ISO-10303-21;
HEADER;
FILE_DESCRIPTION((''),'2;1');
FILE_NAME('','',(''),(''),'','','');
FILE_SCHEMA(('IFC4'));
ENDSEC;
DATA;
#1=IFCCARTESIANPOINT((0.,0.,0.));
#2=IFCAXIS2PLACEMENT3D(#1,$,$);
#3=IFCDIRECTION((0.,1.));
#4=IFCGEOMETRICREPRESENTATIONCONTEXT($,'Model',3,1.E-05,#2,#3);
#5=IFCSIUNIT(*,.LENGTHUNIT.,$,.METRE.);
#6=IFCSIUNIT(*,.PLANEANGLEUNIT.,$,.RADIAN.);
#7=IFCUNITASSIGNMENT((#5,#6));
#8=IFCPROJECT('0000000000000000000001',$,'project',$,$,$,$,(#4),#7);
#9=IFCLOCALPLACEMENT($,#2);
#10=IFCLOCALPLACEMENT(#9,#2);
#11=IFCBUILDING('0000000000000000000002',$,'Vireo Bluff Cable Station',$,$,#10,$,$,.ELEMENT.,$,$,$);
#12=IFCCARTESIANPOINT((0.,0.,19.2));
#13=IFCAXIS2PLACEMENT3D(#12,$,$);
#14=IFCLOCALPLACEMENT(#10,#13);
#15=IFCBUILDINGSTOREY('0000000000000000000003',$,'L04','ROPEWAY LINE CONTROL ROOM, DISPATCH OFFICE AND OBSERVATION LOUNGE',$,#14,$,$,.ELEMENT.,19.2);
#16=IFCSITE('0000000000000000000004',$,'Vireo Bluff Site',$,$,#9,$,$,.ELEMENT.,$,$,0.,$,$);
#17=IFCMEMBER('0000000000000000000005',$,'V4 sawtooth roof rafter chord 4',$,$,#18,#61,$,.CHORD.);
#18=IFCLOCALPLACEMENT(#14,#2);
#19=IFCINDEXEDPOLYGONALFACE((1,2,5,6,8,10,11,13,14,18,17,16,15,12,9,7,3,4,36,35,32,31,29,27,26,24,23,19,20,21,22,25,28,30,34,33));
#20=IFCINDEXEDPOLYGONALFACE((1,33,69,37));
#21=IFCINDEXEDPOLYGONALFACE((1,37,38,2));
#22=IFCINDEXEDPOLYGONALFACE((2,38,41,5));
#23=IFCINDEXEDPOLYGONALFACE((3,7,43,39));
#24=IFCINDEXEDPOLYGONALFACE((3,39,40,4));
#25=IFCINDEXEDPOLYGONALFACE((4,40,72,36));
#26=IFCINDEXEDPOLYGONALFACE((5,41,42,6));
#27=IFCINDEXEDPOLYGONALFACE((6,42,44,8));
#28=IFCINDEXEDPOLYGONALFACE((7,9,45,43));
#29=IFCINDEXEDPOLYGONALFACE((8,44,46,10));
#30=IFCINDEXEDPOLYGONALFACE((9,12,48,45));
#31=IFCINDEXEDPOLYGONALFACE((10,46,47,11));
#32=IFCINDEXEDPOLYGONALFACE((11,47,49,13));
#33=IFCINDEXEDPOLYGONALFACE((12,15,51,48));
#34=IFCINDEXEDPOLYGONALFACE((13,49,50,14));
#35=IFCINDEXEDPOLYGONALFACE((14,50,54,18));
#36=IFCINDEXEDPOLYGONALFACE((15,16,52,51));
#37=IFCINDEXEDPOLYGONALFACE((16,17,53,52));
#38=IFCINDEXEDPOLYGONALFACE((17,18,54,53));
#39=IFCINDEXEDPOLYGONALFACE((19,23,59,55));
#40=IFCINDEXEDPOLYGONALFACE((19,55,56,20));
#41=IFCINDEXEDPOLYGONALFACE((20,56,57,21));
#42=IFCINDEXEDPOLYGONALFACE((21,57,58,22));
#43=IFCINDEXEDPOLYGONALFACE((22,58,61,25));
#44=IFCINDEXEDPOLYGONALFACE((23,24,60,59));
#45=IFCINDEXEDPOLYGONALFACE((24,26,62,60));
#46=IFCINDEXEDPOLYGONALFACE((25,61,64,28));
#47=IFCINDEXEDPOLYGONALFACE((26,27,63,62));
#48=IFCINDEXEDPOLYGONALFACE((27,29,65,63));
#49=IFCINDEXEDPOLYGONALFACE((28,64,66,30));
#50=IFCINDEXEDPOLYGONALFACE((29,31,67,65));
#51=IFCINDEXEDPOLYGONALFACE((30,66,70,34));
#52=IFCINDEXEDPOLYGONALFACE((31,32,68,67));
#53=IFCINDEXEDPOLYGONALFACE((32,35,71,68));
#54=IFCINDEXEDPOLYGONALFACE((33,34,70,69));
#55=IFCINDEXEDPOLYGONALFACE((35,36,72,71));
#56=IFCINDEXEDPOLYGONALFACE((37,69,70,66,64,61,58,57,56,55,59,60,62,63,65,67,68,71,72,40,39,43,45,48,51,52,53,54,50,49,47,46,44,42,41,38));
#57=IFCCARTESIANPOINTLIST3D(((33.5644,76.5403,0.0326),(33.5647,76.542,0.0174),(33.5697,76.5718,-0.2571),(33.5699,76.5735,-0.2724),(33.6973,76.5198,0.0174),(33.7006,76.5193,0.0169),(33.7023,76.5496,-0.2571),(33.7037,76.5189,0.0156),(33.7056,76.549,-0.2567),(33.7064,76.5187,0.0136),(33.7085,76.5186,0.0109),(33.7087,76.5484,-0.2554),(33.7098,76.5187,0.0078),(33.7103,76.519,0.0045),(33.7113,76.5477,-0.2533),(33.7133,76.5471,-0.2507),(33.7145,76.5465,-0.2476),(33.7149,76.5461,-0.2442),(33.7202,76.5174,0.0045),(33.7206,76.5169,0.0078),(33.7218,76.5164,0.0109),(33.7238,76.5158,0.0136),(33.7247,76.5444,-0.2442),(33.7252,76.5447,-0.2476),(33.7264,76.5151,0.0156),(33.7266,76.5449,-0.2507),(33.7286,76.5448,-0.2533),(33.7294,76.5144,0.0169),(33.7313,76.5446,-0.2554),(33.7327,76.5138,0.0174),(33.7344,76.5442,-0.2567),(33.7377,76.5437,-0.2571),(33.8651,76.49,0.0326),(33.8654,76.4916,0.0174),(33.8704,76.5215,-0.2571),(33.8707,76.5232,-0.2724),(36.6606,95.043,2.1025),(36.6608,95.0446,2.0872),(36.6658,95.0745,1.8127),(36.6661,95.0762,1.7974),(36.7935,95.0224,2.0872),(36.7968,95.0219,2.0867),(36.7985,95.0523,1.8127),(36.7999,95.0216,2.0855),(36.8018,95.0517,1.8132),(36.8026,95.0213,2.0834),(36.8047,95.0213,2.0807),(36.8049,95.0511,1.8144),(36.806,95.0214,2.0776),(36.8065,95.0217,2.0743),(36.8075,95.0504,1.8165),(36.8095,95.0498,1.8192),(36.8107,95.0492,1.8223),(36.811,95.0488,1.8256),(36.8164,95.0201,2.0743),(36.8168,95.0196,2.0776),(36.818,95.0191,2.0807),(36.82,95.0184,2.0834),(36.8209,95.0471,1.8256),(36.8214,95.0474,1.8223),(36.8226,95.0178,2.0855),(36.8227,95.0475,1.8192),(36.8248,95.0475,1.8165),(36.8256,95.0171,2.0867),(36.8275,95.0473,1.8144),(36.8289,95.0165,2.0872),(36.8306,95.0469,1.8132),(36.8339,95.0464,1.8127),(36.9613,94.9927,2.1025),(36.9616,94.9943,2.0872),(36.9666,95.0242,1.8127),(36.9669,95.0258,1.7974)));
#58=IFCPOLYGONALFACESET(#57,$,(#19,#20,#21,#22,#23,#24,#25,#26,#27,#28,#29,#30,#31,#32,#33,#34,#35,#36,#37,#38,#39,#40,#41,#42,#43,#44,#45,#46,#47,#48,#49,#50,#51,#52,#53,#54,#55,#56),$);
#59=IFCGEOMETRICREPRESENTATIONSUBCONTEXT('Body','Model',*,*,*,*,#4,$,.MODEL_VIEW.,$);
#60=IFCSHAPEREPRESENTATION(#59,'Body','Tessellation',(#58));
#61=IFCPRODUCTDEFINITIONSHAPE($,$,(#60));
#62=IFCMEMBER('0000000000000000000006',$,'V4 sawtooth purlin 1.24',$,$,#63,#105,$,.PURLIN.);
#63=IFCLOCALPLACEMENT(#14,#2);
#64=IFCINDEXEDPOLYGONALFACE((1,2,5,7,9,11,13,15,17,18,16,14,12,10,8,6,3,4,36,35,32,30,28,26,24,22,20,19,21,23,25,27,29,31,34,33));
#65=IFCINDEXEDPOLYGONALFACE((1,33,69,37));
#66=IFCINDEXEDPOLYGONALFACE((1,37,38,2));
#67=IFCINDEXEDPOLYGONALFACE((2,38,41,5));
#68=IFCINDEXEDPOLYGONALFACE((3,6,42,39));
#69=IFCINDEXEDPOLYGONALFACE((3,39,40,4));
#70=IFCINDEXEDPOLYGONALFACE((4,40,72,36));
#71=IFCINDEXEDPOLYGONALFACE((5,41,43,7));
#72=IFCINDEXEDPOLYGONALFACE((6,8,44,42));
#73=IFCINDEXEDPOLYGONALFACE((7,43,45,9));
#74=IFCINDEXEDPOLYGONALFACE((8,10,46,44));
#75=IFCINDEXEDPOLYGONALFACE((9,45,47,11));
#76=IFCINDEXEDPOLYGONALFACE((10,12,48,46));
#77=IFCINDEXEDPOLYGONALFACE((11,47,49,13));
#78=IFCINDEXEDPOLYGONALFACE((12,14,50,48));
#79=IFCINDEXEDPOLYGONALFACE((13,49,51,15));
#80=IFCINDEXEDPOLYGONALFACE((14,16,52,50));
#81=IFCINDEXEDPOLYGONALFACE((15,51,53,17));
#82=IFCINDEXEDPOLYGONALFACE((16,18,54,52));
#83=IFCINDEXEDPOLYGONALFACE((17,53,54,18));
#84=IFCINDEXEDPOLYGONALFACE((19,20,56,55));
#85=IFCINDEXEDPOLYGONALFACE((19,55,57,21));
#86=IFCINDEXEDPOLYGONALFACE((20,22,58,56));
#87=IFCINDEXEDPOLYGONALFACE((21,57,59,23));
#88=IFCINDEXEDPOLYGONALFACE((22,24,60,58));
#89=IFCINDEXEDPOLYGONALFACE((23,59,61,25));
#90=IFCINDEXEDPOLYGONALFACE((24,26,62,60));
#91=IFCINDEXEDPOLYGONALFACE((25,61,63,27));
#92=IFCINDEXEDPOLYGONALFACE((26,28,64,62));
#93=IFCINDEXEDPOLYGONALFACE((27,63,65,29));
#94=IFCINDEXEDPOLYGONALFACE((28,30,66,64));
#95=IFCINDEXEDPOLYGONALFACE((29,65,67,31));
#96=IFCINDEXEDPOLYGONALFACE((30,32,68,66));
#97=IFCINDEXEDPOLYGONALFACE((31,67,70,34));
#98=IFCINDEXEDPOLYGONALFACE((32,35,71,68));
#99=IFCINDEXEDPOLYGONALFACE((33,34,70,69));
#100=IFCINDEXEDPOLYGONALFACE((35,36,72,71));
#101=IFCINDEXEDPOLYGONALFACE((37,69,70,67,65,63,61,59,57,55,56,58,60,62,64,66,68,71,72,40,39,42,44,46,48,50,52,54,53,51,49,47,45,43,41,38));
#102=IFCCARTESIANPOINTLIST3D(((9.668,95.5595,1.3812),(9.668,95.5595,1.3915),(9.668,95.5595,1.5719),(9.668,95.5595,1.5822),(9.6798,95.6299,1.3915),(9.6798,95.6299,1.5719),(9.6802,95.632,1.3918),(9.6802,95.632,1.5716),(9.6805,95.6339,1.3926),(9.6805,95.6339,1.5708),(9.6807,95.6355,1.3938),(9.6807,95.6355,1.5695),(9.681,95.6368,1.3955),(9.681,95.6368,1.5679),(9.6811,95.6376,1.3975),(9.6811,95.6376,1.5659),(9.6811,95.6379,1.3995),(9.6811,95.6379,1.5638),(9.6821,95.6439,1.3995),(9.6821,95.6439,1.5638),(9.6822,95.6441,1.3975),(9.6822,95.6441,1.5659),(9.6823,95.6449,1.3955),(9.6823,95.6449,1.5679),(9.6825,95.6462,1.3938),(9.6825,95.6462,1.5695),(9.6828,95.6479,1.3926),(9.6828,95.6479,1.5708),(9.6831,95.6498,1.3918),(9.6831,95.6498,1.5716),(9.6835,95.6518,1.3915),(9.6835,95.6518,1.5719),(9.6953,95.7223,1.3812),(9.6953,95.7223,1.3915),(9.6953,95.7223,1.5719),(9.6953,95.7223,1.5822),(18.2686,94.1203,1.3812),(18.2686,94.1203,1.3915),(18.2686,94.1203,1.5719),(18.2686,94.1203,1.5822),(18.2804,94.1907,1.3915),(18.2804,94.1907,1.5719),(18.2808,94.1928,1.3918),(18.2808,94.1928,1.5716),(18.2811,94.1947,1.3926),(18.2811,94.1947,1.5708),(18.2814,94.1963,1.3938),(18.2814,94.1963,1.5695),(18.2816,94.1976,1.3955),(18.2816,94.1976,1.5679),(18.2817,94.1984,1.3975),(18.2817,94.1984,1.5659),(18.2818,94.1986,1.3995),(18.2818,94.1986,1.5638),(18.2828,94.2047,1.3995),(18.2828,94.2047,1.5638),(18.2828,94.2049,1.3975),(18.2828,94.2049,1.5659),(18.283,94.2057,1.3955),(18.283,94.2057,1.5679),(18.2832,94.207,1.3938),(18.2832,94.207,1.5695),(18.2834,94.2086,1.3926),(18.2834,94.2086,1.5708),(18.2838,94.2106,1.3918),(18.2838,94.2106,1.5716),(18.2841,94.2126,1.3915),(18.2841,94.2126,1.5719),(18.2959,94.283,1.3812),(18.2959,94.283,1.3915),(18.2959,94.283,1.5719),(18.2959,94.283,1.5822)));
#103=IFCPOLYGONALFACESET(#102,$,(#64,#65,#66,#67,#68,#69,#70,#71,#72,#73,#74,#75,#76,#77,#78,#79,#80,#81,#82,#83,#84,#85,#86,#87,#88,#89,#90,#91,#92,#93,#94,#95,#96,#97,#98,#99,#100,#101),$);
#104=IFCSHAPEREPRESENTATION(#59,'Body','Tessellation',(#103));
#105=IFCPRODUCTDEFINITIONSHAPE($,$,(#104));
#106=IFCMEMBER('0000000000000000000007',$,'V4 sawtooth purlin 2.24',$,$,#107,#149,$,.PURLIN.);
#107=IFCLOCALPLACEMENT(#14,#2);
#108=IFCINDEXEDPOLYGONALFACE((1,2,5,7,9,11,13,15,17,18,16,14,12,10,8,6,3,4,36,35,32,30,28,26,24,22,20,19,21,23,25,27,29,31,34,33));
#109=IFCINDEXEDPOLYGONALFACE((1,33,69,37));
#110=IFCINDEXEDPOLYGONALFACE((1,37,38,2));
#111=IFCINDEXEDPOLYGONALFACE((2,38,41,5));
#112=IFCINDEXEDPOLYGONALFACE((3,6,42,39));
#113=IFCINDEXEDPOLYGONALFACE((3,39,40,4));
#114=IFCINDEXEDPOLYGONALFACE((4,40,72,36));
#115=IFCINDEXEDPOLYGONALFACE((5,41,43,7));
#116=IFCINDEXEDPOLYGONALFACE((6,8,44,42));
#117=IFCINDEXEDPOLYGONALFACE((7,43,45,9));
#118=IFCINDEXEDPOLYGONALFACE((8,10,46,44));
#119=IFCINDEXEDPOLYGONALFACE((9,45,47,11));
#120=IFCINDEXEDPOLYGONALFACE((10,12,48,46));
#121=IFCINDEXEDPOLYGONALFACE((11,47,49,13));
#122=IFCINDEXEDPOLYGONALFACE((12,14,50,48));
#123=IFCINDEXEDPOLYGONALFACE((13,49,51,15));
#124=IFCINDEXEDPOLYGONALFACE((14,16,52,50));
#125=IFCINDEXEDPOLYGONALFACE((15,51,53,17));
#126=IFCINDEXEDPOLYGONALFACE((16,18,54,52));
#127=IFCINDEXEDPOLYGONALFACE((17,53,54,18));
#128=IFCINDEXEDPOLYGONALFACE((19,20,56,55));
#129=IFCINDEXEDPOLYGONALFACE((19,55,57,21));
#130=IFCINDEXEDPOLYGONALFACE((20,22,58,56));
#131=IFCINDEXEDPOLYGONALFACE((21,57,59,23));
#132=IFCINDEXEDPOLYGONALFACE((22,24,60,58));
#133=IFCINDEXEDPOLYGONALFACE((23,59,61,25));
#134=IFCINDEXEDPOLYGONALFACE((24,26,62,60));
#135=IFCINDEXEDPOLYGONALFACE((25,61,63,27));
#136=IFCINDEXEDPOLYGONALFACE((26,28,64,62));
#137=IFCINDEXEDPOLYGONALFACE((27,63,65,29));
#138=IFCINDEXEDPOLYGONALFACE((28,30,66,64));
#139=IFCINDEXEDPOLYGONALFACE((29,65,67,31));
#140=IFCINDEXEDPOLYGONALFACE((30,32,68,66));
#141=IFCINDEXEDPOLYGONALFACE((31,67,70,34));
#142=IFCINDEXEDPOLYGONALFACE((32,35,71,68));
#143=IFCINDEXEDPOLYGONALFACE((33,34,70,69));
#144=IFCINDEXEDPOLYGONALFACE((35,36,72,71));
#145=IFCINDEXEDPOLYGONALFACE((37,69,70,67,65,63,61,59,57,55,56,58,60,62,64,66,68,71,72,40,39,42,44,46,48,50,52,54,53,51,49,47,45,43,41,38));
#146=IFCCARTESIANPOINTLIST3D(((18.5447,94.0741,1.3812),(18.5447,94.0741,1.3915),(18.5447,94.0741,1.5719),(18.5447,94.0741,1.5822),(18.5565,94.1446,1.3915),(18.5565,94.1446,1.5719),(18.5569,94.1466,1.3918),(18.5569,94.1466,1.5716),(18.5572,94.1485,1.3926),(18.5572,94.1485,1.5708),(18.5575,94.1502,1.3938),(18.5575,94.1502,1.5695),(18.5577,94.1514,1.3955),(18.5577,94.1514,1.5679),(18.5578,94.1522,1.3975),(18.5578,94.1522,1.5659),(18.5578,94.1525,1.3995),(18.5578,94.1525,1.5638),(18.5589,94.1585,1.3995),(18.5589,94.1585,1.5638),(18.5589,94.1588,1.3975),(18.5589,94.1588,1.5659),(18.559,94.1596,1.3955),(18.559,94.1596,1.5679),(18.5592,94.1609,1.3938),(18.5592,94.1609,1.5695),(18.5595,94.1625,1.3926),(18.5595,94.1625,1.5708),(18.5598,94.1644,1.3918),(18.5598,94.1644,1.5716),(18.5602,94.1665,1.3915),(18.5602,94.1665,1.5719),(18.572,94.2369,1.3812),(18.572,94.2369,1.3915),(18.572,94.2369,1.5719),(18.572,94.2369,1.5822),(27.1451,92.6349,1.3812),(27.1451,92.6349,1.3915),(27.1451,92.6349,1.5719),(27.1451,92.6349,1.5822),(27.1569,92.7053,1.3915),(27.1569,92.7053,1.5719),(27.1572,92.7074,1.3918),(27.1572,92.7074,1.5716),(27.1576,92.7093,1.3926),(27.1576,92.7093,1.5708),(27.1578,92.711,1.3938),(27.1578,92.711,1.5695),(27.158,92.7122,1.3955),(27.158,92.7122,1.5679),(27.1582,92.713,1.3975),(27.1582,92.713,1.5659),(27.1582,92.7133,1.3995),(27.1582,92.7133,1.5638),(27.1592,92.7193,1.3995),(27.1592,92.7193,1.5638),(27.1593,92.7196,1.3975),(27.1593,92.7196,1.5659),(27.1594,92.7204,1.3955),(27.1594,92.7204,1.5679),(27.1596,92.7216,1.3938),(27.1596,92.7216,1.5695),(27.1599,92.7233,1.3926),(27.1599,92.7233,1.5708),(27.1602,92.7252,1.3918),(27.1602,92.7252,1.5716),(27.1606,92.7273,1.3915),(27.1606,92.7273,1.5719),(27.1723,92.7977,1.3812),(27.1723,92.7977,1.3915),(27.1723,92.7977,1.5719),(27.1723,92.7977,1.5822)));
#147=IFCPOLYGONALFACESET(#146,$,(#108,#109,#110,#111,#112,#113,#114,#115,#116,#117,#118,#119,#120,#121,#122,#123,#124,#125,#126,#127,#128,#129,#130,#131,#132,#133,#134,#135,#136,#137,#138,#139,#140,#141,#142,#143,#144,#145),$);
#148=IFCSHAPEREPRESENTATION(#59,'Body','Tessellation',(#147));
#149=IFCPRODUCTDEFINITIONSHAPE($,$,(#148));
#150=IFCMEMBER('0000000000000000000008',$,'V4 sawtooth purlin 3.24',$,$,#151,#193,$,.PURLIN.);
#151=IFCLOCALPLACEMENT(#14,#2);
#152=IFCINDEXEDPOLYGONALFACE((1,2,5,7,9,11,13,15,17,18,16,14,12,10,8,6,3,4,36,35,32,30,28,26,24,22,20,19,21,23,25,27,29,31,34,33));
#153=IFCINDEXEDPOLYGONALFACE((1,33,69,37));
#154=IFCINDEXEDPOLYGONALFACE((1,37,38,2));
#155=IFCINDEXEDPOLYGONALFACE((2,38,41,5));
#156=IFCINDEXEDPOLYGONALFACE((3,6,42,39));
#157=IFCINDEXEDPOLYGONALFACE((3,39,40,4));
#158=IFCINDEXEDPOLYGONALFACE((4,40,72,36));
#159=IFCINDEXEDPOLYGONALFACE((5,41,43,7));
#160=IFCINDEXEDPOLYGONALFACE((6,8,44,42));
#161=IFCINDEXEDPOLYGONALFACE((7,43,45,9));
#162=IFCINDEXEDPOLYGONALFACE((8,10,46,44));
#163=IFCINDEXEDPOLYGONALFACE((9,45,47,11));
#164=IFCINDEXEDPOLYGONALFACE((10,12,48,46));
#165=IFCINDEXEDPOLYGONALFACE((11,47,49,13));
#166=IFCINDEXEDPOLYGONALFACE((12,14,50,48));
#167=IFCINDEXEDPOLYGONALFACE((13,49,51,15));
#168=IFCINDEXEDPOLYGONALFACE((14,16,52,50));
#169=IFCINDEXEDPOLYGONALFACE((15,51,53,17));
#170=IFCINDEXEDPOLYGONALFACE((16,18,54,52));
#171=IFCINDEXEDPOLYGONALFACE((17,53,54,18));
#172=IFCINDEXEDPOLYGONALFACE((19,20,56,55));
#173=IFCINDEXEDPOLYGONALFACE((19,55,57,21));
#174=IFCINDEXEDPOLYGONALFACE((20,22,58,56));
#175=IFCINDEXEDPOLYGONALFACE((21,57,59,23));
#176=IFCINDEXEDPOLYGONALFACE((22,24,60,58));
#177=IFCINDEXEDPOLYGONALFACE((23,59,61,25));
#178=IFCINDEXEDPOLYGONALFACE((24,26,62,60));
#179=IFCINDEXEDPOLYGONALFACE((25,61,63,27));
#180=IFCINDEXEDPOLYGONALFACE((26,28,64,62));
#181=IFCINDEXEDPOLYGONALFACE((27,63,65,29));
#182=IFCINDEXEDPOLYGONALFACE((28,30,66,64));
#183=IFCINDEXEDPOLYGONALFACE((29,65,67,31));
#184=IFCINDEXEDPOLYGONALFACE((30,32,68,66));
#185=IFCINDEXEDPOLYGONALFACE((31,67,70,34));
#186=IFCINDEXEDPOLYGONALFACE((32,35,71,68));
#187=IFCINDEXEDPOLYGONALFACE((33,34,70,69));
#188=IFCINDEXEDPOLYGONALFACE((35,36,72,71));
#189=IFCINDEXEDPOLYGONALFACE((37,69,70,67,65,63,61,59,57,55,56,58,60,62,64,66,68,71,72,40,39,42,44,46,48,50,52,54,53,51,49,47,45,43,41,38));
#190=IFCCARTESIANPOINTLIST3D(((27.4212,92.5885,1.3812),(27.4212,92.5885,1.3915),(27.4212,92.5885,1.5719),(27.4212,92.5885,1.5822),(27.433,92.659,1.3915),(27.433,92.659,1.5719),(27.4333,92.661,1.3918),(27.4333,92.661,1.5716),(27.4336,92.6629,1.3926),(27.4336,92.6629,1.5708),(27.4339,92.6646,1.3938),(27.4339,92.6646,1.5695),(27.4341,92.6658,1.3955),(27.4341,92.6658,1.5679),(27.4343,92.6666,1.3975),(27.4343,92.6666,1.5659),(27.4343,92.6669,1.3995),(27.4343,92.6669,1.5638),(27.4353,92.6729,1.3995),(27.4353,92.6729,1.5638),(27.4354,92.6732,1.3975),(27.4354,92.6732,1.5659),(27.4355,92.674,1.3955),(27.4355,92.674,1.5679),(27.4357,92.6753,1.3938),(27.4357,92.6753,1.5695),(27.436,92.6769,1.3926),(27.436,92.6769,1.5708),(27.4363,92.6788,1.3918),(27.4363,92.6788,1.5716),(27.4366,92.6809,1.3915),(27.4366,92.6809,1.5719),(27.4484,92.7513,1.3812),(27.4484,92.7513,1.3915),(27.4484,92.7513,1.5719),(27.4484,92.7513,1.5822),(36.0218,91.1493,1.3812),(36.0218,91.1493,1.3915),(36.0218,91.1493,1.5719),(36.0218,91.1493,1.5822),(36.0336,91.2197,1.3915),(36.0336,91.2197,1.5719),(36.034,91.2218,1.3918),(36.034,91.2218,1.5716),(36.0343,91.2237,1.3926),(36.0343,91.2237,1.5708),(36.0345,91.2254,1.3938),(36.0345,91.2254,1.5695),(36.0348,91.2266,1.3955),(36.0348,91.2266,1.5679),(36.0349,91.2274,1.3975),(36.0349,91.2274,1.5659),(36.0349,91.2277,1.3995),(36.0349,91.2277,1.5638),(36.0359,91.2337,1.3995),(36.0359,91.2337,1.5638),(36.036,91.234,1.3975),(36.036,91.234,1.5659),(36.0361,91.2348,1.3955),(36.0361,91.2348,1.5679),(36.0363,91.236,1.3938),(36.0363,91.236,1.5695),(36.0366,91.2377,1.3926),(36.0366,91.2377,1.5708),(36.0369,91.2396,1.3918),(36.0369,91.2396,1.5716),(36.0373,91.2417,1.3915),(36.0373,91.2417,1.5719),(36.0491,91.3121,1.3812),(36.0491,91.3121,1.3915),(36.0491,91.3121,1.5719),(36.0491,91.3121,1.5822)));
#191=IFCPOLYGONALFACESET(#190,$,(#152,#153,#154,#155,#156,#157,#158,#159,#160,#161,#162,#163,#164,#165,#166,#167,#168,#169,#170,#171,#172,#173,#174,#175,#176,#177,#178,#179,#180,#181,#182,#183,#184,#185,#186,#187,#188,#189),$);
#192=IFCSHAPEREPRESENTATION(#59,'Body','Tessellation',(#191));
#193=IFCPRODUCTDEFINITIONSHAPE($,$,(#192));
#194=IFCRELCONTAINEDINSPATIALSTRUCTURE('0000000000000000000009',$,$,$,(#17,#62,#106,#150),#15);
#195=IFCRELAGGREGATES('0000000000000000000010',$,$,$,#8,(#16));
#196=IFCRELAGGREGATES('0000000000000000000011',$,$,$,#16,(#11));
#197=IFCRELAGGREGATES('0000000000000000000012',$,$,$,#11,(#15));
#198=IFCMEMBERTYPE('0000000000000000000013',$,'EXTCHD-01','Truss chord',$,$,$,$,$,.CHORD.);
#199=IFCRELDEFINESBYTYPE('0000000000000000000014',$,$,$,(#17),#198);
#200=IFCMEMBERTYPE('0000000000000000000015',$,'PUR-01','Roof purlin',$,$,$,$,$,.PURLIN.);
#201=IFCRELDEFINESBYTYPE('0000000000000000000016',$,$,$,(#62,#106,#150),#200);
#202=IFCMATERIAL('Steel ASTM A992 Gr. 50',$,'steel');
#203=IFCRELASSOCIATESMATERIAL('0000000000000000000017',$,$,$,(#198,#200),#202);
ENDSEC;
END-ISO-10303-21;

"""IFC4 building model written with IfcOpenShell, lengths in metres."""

from ifc_helpers import new_model, si_unit, direction, frame, origin, origin_2d, place, context, subcontext, project, spatial, i_section, extrude, material, material_profile, profile_set, type_object, element, save


model = new_model("IFC4")

# Units and contexts
model_context = context("Model", 3, precision=1e-05, world=origin(), true_north=direction((0.0, 1.0)))
body_context = subcontext(model_context, "Body", "Model", "MODEL_VIEW")
ifc_project = project(units=[si_unit("LENGTHUNIT", "METRE"), si_unit("PLANEANGLEUNIT", "RADIAN")], contexts=[model_context])

# Site, building, storey
site_placement = place(None, origin())
site = spatial("IfcSite", under=ifc_project, at=site_placement, Name="Vireo Bluff Site", CompositionType="ELEMENT", RefElevation=0.0)
building_placement = place(site_placement, origin())
building = spatial("IfcBuilding", under=site, at=building_placement, Name="Vireo Bluff Cable Station", CompositionType="ELEMENT")
storey_placement = place(building_placement, frame((0.0, 0.0, 19.2)))
storey = spatial("IfcBuildingStorey", under=building, at=storey_placement, Name="L04", Description="ROPEWAY LINE CONTROL ROOM, DISPATCH OFFICE AND OBSERVATION LOUNGE", CompositionType="ELEMENT", Elevation=19.2)

# Shared definitions
ifc_material_1 = material(Name="Steel ASTM A992 Gr. 50", Category="steel")

# Members
ifc_material_profile_1 = material_profile(ifc_material_1, i_section(OverallWidth=0.3049, OverallDepth=0.3069, WebThickness=0.01, FlangeThickness=0.0154, FilletRadius=0.0129, at=origin_2d()), Name="W12X65")
ifc_profile_set_1 = profile_set([ifc_material_profile_1], Name="Steel ASTM A992 Gr. 50")
member_type_1 = type_object("IfcMemberType", Name="EXTCHD-01", Description="Truss chord", PredefinedType="CHORD", material=ifc_profile_set_1)
for number, where, z_axis, x_axis, name in (
    (1, (33.7175, 76.5317, -0.1199), (0.164047, 0.980338, 0.109667), (-0.986286, 0.165043, 0.0), "V4 sawtooth roof rafter chord 4"),
):
    element("IfcMember", number, at=place(storey_placement, frame(where, z_axis=z_axis, x_axis=x_axis)), inside=storey, type_object=member_type_1, Name=name, PredefinedType="CHORD", context=body_context, shape_type="SweptSolid", body=[
        extrude(i_section(OverallWidth=0.3049, OverallDepth=0.3069, WebThickness=0.01, FlangeThickness=0.0154, FilletRadius=0.0129, at=origin_2d()), origin(), (0.0, 0.0, 1.0), 18.8738),
    ])
ifc_material_profile_2 = material_profile(ifc_material_1, i_section(OverallWidth=0.165, OverallDepth=0.2009, WebThickness=0.0061, FlangeThickness=0.0103, FilletRadius=0.0081, at=origin_2d()), Name="W8X24")
ifc_profile_set_2 = profile_set([ifc_material_profile_2], Name="Steel ASTM A992 Gr. 50")
member_type_2 = type_object("IfcMemberType", Name="PUR-01", Description="Roof purlin", PredefinedType="PURLIN", material=ifc_profile_set_2)
member_1_placement = place(storey_placement, frame((9.6816, 95.6409, 1.4817), z_axis=(0.986286, -0.165044, 0.0), x_axis=(0.165044, 0.986286, 0.0)))
element("IfcMember", 2, at=member_1_placement, inside=storey, type_object=member_type_2, Name="V4 sawtooth purlin 1.24", PredefinedType="PURLIN", context=body_context, shape_type="SweptSolid", body=[
    extrude(i_section(OverallWidth=0.165, OverallDepth=0.2009, WebThickness=0.0061, FlangeThickness=0.0103, FilletRadius=0.0081, at=origin_2d()), origin(), (0.0, 0.0, 1.0), 8.7202),
])
member_2_placement = place(storey_placement, frame((18.5583, 94.1555, 1.4817), z_axis=(0.986286, -0.165048, 0.0), x_axis=(0.165048, 0.986286, 0.0)))
element("IfcMember", 3, at=member_2_placement, inside=storey, type_object=member_type_2, Name="V4 sawtooth purlin 2.24", PredefinedType="PURLIN", context=body_context, shape_type="SweptSolid", body=[
    extrude(i_section(OverallWidth=0.165, OverallDepth=0.2009, WebThickness=0.0061, FlangeThickness=0.0103, FilletRadius=0.0081, at=origin_2d()), origin(), (0.0, 0.0, 1.0), 8.72),
])
member_3_placement = place(storey_placement, frame((27.4348, 92.6699, 1.4817), z_axis=(0.986286, -0.165044, 0.0), x_axis=(0.165044, 0.986286, 0.0)))
element("IfcMember", 4, at=member_3_placement, inside=storey, type_object=member_type_2, Name="V4 sawtooth purlin 3.24", PredefinedType="PURLIN", context=body_context, shape_type="SweptSolid", body=[
    extrude(i_section(OverallWidth=0.165, OverallDepth=0.2009, WebThickness=0.0061, FlangeThickness=0.0103, FilletRadius=0.0081, at=origin_2d()), origin(), (0.0, 0.0, 1.0), 8.7202),
])

save(model, "model.ifc")
